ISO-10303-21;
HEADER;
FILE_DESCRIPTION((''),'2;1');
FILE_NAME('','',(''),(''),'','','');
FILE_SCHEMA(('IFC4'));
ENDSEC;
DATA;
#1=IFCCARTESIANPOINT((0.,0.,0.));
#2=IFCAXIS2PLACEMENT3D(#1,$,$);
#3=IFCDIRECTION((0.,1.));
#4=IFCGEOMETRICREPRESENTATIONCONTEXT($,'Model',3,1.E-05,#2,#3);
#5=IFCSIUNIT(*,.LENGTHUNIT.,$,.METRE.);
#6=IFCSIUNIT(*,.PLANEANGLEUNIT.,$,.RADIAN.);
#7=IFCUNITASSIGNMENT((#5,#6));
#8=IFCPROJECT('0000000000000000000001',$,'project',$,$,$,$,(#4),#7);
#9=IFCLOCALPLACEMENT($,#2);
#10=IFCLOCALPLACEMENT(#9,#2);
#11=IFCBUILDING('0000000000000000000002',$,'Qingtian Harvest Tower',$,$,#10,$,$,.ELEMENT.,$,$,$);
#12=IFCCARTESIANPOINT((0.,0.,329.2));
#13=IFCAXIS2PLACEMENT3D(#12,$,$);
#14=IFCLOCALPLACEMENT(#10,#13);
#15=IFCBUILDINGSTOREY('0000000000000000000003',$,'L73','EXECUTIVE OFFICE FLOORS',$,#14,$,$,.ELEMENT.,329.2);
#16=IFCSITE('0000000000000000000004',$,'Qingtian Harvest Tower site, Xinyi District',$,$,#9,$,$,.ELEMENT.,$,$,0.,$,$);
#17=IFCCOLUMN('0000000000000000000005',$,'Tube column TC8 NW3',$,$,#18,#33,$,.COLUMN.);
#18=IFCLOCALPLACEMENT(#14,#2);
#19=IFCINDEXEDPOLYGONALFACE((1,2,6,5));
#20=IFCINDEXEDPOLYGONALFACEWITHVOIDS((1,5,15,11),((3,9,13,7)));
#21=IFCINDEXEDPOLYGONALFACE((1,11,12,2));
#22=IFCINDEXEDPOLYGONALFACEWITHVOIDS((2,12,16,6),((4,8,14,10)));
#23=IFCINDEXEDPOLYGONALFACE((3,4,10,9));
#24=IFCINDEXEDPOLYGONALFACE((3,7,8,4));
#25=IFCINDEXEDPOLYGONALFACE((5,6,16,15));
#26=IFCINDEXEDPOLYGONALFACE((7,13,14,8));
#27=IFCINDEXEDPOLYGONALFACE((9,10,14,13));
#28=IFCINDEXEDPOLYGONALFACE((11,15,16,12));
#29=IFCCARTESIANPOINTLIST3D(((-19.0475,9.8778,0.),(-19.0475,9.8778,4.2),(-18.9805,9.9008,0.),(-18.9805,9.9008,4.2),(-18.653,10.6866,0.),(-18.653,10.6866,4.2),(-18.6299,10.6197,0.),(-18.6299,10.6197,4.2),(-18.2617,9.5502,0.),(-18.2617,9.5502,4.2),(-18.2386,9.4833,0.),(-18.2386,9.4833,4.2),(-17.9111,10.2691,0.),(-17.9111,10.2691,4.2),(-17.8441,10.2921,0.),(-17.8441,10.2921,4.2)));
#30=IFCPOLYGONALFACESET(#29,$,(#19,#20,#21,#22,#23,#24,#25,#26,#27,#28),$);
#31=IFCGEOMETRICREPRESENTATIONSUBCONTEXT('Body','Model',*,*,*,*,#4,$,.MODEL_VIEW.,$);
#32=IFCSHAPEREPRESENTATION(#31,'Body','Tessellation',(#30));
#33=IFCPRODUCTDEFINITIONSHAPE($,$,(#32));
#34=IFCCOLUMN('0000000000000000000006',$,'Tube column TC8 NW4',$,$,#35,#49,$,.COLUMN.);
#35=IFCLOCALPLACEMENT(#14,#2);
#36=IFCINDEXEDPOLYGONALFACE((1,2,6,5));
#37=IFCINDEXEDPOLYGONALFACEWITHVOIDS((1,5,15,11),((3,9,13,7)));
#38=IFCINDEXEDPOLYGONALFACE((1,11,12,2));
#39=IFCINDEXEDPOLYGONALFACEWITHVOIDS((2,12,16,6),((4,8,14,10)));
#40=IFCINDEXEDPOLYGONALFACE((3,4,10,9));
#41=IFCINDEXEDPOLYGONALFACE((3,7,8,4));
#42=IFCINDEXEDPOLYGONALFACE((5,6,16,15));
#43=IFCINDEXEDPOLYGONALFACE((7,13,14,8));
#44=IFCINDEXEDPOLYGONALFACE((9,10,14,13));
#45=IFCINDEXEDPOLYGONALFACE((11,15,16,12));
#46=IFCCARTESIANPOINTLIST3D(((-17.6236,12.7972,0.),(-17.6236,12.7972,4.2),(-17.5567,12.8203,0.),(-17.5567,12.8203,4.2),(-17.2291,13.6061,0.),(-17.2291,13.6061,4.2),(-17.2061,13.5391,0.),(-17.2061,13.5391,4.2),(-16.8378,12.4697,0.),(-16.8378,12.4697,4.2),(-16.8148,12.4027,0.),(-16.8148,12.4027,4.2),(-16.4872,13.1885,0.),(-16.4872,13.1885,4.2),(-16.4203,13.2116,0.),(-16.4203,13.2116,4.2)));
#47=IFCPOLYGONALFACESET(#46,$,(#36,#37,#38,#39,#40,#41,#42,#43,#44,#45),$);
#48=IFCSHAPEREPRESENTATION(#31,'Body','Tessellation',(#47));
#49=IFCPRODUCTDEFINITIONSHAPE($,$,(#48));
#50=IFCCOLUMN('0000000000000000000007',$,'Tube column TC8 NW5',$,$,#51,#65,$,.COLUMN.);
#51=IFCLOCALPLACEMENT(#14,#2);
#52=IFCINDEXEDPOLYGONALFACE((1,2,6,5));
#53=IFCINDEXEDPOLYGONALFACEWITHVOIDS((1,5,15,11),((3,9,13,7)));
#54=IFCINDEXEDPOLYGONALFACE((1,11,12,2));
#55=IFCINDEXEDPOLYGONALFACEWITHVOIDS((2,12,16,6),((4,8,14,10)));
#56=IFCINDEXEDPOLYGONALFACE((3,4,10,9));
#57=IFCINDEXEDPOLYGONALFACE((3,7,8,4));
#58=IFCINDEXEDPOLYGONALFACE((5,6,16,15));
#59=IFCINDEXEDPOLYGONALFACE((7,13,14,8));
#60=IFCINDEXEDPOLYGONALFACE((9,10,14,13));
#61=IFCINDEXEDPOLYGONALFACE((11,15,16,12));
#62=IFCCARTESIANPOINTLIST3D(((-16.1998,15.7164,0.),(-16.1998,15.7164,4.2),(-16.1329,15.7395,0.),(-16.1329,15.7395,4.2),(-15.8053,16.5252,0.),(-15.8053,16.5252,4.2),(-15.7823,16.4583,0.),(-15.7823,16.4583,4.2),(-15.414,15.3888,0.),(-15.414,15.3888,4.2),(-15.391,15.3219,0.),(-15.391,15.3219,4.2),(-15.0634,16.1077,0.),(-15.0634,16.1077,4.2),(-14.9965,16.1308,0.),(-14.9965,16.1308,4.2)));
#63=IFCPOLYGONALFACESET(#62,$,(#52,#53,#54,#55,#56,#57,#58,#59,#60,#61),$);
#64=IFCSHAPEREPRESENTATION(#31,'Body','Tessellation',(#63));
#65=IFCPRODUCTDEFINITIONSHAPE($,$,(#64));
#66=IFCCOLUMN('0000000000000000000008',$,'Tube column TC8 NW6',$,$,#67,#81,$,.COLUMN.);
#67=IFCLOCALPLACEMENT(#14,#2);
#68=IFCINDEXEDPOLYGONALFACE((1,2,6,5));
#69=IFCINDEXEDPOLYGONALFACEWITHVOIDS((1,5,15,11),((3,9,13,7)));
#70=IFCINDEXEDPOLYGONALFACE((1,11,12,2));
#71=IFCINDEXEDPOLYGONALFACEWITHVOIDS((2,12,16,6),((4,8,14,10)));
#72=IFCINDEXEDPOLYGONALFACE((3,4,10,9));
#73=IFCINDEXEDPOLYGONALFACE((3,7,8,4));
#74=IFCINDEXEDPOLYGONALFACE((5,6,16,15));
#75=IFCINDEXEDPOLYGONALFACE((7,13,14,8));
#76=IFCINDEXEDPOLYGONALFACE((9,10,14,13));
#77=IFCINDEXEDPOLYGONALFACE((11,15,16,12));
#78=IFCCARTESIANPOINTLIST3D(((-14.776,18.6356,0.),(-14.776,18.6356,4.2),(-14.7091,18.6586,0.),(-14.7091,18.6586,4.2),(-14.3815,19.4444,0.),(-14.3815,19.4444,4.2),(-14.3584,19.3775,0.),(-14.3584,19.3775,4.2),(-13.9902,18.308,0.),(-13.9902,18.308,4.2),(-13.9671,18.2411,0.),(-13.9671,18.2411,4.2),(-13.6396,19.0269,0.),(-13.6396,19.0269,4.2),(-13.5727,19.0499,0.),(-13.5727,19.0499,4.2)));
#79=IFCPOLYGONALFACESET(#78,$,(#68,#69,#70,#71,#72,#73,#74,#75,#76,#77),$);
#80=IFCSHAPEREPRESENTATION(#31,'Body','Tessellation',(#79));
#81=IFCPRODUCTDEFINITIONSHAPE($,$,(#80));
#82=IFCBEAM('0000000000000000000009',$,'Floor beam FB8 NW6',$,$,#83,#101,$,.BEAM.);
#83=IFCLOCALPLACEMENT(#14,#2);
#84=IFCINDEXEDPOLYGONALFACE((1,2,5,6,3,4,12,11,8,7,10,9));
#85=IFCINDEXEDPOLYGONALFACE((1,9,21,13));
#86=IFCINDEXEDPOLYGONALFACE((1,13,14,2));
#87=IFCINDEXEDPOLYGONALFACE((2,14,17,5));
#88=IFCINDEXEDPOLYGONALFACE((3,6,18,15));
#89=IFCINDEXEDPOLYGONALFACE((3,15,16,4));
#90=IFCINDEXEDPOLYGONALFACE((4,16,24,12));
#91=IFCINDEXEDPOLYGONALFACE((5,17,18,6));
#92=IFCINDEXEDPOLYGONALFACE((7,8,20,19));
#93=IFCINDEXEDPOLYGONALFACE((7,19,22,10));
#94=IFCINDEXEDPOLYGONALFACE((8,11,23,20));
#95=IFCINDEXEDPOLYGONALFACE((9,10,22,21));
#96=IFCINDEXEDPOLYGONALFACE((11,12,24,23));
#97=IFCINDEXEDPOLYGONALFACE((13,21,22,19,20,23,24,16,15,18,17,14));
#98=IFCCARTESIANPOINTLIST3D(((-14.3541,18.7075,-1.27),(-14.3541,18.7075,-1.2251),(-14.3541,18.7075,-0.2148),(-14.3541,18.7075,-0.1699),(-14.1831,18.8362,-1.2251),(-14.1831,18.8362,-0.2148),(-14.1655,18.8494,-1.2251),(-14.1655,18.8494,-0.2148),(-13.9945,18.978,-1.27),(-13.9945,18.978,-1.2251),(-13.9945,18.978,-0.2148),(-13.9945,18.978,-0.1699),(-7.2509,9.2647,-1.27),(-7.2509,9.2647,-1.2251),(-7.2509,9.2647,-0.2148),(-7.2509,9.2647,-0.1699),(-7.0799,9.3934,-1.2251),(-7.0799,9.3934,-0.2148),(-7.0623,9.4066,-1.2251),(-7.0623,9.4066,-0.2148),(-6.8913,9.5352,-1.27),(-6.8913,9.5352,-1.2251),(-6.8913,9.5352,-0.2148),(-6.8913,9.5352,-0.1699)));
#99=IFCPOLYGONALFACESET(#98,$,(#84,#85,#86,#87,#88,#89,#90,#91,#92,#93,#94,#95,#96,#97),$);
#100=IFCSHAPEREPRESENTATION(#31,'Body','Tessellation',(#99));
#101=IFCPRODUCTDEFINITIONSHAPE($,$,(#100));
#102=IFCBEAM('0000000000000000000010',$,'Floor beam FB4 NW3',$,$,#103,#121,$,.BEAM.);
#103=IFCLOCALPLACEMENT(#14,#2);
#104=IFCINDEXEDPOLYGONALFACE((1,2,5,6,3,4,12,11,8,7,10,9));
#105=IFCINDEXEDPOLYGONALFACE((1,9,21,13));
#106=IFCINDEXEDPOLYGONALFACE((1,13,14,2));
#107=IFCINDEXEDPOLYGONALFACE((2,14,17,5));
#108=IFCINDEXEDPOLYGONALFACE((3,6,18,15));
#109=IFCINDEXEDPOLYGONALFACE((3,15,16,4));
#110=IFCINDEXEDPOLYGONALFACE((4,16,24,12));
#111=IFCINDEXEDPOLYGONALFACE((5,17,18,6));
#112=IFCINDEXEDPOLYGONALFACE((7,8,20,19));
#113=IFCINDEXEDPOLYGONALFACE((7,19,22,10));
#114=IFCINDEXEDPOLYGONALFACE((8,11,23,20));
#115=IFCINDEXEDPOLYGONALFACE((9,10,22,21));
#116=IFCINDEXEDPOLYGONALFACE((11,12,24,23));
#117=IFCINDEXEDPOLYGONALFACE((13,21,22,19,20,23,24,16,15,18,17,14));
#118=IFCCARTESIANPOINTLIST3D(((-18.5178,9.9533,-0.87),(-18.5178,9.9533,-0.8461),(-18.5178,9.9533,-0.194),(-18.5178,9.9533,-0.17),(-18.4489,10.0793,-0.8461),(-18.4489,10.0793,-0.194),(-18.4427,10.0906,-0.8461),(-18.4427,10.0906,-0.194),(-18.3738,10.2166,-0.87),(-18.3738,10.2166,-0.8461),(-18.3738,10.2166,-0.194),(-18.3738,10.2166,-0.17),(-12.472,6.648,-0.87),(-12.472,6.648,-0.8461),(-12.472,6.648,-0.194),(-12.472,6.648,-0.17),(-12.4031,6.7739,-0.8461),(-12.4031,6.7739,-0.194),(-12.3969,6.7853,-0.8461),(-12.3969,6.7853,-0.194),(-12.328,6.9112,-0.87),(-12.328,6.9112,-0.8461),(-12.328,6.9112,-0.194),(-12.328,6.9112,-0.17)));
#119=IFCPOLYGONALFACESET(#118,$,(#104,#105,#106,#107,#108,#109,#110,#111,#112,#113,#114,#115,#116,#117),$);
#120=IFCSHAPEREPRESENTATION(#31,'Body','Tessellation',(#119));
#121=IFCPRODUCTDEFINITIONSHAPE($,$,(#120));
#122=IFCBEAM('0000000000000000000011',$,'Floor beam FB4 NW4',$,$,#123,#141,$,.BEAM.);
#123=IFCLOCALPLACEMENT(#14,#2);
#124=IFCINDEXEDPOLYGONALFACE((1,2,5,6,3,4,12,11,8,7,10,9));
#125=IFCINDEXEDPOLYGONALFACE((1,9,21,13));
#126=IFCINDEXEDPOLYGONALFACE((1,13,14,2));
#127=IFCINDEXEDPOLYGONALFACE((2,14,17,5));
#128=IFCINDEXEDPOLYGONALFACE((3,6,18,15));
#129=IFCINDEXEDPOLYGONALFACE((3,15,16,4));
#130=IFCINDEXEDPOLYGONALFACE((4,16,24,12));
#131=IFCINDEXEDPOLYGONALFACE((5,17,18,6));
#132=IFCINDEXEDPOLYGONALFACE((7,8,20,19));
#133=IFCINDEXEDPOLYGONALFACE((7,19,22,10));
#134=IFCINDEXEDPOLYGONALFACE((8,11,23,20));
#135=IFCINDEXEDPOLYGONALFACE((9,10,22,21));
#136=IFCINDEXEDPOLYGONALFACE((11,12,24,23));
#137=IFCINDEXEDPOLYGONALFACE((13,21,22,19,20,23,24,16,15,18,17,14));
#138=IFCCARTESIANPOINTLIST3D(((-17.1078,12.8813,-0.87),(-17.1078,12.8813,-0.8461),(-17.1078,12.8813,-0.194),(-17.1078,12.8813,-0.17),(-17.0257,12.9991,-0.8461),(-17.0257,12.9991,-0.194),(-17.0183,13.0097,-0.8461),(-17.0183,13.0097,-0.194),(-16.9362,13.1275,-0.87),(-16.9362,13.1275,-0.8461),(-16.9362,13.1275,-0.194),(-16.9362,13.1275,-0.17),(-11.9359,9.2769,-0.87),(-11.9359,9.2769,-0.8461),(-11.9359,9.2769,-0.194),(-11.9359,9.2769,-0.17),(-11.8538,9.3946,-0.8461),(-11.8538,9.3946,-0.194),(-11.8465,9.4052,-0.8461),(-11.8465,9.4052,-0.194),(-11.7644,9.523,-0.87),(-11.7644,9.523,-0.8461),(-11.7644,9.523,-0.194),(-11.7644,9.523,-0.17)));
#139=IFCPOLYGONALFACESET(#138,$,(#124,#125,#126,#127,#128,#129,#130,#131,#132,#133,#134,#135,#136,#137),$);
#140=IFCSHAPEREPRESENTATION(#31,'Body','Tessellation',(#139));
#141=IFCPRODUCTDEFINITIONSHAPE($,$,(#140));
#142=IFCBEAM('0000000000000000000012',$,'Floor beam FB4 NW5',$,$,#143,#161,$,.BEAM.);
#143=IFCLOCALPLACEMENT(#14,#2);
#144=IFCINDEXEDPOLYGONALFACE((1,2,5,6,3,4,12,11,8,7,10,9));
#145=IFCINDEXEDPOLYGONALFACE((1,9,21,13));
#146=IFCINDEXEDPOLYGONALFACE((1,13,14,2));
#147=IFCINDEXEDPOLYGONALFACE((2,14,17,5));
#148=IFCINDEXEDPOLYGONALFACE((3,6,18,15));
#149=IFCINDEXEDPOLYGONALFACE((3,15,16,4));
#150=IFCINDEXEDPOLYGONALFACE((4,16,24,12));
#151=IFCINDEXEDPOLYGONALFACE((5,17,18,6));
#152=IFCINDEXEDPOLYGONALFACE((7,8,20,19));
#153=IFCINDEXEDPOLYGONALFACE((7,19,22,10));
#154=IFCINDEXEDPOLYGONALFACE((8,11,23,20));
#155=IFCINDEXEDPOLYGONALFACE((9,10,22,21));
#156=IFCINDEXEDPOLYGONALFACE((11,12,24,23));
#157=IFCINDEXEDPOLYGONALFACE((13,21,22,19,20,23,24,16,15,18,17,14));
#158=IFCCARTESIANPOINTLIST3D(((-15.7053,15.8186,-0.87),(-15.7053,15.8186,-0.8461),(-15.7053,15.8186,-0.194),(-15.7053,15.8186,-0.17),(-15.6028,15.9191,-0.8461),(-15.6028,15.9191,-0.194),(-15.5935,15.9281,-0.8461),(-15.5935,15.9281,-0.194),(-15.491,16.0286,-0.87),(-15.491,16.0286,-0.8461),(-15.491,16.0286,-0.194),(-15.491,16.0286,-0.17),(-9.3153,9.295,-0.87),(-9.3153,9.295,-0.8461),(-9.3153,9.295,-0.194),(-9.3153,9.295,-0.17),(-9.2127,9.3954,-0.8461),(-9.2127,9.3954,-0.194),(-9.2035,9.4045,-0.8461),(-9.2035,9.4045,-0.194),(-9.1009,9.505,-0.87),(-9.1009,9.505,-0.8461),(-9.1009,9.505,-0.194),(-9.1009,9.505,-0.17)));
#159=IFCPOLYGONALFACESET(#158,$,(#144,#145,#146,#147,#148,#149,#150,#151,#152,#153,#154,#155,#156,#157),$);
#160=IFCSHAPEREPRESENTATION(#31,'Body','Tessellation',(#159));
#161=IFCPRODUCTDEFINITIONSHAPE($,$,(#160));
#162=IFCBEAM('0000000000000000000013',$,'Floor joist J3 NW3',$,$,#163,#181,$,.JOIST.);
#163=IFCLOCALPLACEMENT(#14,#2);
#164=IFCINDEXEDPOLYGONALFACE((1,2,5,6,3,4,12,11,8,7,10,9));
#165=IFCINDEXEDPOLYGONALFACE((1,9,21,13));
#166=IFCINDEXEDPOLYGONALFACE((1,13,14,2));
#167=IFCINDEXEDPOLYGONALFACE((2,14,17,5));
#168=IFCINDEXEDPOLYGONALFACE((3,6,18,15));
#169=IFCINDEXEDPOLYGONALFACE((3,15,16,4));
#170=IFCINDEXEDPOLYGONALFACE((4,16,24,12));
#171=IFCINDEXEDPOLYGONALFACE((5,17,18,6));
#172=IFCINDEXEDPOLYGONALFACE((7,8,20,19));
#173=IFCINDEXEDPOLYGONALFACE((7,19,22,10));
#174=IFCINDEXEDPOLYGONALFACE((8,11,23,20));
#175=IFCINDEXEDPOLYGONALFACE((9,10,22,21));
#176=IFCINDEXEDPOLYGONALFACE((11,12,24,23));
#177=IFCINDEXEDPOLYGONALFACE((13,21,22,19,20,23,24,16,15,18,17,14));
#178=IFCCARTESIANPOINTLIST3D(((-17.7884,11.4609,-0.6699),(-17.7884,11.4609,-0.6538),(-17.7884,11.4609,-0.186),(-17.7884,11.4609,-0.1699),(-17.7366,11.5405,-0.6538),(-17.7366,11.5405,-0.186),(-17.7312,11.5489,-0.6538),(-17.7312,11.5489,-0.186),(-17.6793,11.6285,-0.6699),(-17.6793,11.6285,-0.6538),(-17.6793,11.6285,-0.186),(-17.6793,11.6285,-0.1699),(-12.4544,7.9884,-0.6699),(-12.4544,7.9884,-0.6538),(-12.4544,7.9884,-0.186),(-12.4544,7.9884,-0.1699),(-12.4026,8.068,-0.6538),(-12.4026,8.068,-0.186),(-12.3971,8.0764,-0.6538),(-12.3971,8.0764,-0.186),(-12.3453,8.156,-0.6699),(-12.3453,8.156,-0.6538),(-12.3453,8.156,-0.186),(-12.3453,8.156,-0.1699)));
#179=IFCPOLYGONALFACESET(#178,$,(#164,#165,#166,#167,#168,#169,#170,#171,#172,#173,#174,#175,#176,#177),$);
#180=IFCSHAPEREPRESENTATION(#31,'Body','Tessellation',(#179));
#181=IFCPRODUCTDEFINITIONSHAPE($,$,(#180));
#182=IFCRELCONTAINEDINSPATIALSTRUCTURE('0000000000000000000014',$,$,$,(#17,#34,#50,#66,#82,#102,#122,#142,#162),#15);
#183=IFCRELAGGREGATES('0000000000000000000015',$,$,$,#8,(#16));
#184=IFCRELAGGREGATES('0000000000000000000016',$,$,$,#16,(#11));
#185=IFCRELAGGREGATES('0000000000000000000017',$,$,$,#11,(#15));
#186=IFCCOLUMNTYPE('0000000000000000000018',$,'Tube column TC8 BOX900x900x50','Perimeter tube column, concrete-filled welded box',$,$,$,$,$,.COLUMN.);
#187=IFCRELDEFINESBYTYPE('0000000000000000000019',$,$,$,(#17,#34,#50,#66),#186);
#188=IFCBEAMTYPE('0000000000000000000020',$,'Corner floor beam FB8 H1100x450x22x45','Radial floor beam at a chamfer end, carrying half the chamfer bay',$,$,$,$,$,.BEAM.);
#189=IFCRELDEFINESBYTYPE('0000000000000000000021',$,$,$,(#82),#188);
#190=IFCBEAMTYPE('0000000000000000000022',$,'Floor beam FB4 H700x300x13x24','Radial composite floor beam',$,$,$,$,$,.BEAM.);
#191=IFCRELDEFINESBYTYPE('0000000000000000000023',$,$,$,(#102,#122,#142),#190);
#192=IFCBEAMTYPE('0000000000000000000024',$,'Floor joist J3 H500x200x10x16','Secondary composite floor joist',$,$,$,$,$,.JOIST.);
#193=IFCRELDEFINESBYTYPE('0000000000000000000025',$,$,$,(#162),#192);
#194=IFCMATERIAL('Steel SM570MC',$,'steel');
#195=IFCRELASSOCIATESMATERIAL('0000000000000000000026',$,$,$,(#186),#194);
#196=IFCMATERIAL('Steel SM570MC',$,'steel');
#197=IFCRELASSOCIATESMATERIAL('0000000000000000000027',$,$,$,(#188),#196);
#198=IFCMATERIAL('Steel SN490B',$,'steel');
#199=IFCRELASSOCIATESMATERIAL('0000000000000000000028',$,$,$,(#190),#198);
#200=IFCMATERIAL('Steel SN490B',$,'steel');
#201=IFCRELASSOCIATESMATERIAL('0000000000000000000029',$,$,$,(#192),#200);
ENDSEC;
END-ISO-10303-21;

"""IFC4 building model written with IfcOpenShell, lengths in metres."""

from ifc_helpers import new_model, si_unit, direction, frame, origin, origin_2d, place, context, subcontext, project, spatial, hollow_rectangle, i_section, extrude, material, material_profile, profile_set, type_object, element, save


model = new_model("IFC4")

# Units and contexts
model_context = context("Model", 3, precision=1e-05, world=origin(), true_north=direction((0.0, 1.0)))
body_context = subcontext(model_context, "Body", "Model", "MODEL_VIEW")
ifc_project = project(units=[si_unit("LENGTHUNIT", "METRE"), si_unit("PLANEANGLEUNIT", "RADIAN")], contexts=[model_context])

# Site, building, storey
site_placement = place(None, origin())
site = spatial("IfcSite", under=ifc_project, at=site_placement, Name="Qingtian Harvest Tower site, Xinyi District", CompositionType="ELEMENT", RefElevation=0.0)
building_placement = place(site_placement, origin())
building = spatial("IfcBuilding", under=site, at=building_placement, Name="Qingtian Harvest Tower", CompositionType="ELEMENT")
storey_placement = place(building_placement, frame((0.0, 0.0, 329.2)))
storey = spatial("IfcBuildingStorey", under=building, at=storey_placement, Name="L73", Description="EXECUTIVE OFFICE FLOORS", CompositionType="ELEMENT", Elevation=329.2)

# Columns
ifc_material_1 = material(Name="Steel SM570MC", Category="steel")
ifc_material_profile_1 = material_profile(ifc_material_1, hollow_rectangle(XDim=0.8999, YDim=0.8999, WallThickness=0.05, at=origin_2d()), Name="BOX900x900x50")
ifc_profile_set_1 = profile_set([ifc_material_profile_1], Name="Steel SM570MC")
column_type = type_object("IfcColumnType", Name="Tube column TC8 BOX900x900x50", Description="Perimeter tube column, concrete-filled welded box", PredefinedType="COLUMN", material=ifc_profile_set_1)
for number, where, z_axis, x_axis, name in (
    (1, (-18.4458, 10.085, 0.0), (0.0, 0.0, 1.0), (-0.438371, -0.898794, 0.0), "Tube column TC8 NW3"),
    (2, (-17.022, 13.0044, 0.0), (0.0, 0.0, 1.0), (-0.438371, -0.898794, 0.0), "Tube column TC8 NW4"),
    (3, (-15.5981, 15.9236, 0.0), (0.0, 0.0, 1.0), (-0.438371, -0.898794, 0.0), "Tube column TC8 NW5"),
    (4, (-14.1743, 18.8428, 0.0), (0.0, 0.0, 1.0), (-0.438371, -0.898794, 0.0), "Tube column TC8 NW6"),
):
    element("IfcColumn", number, at=place(storey_placement, frame(where, z_axis=z_axis, x_axis=x_axis)), inside=storey, type_object=column_type, Name=name, PredefinedType="COLUMN", context=body_context, shape_type="SweptSolid", body=[
        extrude(hollow_rectangle(XDim=0.8999, YDim=0.8999, WallThickness=0.05, at=origin_2d()), origin(), (0.0, 0.0, 1.0), 4.2),
    ])

# Beams
ifc_material_2 = material(Name="Steel SM570MC", Category="steel")
ifc_material_profile_2 = material_profile(ifc_material_2, i_section(OverallWidth=0.45, OverallDepth=1.1001, WebThickness=0.022, FlangeThickness=0.0449, at=origin_2d()), Name="H1100x450x22x45")
ifc_profile_set_2 = profile_set([ifc_material_profile_2], Name="Steel SM570MC")
beam_type_1 = type_object("IfcBeamType", Name="Corner floor beam FB8 H1100x450x22x45", Description="Radial floor beam at a chamfer end, carrying half the chamfer bay", PredefinedType="BEAM", material=ifc_profile_set_2)
beam_1_placement = place(storey_placement, frame((-14.1743, 18.8428, -0.72), z_axis=(0.601143, -0.799141, 0.0), x_axis=(0.799141, 0.601143, 0.0)))
element("IfcBeam", 5, at=beam_1_placement, inside=storey, type_object=beam_type_1, Name="Floor beam FB8 NW6", PredefinedType="BEAM", context=body_context, shape_type="SweptSolid", body=[
    extrude(i_section(OverallWidth=0.45, OverallDepth=1.1001, WebThickness=0.022, FlangeThickness=0.0449, at=origin_2d()), origin(), (0.0, 0.0, 1.0), 11.8162),
])
ifc_material_3 = material(Name="Steel SN490B", Category="steel")
ifc_material_profile_3 = material_profile(ifc_material_3, i_section(OverallWidth=0.3, OverallDepth=0.7, WebThickness=0.0129, FlangeThickness=0.0239, at=origin_2d()), Name="H700x300x13x24")
ifc_profile_set_3 = profile_set([ifc_material_profile_3], Name="Steel SN490B")
beam_type_2 = type_object("IfcBeamType", Name="Floor beam FB4 H700x300x13x24", Description="Radial composite floor beam", PredefinedType="BEAM", material=ifc_profile_set_3)
beam_2_placement = place(storey_placement, frame((-18.4458, 10.085, -0.52), z_axis=(0.877428, -0.479708, 0.0), x_axis=(0.479708, 0.877428, 0.0)))
element("IfcBeam", 6, at=beam_2_placement, inside=storey, type_object=beam_type_2, Name="Floor beam FB4 NW3", PredefinedType="BEAM", context=body_context, shape_type="SweptSolid", body=[
    extrude(i_section(OverallWidth=0.3, OverallDepth=0.7, WebThickness=0.0129, FlangeThickness=0.0239, at=origin_2d()), origin(), (0.0, 0.0, 1.0), 6.8904),
])
beam_3_placement = place(storey_placement, frame((-17.022, 13.0044, -0.52), z_axis=(0.820409, -0.571777, 0.0), x_axis=(0.571777, 0.820409, 0.0)))
element("IfcBeam", 7, at=beam_3_placement, inside=storey, type_object=beam_type_2, Name="Floor beam FB4 NW4", PredefinedType="BEAM", context=body_context, shape_type="SweptSolid", body=[
    extrude(i_section(OverallWidth=0.3, OverallDepth=0.7, WebThickness=0.0129, FlangeThickness=0.0239, at=origin_2d()), origin(), (0.0, 0.0, 1.0), 6.304),
])
beam_4_placement = place(storey_placement, frame((-15.5981, 15.9236, -0.52), z_axis=(0.699757, -0.714381, 0.0), x_axis=(0.714381, 0.699757, 0.0)))
element("IfcBeam", 8, at=beam_4_placement, inside=storey, type_object=beam_type_2, Name="Floor beam FB4 NW5", PredefinedType="BEAM", context=body_context, shape_type="SweptSolid", body=[
    extrude(i_section(OverallWidth=0.3, OverallDepth=0.7, WebThickness=0.0129, FlangeThickness=0.0239, at=origin_2d()), origin(), (0.0, 0.0, 1.0), 9.1318),
])
ifc_material_4 = material(Name="Steel SN490B", Category="steel")
ifc_material_profile_4 = material_profile(ifc_material_4, i_section(OverallWidth=0.2, OverallDepth=0.5, WebThickness=0.01, FlangeThickness=0.0161, at=origin_2d()), Name="H500x200x10x16")
ifc_profile_set_4 = profile_set([ifc_material_profile_4], Name="Steel SN490B")
beam_type_3 = type_object("IfcBeamType", Name="Floor joist J3 H500x200x10x16", Description="Secondary composite floor joist", PredefinedType="JOIST", material=ifc_profile_set_4)
beam_5_placement = place(storey_placement, frame((-17.7339, 11.5447, -0.4199), z_axis=(0.838061, -0.545576, 0.0), x_axis=(0.545576, 0.838061, 0.0)))
element("IfcBeam", 9, at=beam_5_placement, inside=storey, type_object=beam_type_3, Name="Floor joist J3 NW3", PredefinedType="JOIST", context=body_context, shape_type="SweptSolid", body=[
    extrude(i_section(OverallWidth=0.2, OverallDepth=0.5, WebThickness=0.01, FlangeThickness=0.0161, at=origin_2d()), origin(), (0.0, 0.0, 1.0), 6.3647),
])

save(model, "model.ifc")
